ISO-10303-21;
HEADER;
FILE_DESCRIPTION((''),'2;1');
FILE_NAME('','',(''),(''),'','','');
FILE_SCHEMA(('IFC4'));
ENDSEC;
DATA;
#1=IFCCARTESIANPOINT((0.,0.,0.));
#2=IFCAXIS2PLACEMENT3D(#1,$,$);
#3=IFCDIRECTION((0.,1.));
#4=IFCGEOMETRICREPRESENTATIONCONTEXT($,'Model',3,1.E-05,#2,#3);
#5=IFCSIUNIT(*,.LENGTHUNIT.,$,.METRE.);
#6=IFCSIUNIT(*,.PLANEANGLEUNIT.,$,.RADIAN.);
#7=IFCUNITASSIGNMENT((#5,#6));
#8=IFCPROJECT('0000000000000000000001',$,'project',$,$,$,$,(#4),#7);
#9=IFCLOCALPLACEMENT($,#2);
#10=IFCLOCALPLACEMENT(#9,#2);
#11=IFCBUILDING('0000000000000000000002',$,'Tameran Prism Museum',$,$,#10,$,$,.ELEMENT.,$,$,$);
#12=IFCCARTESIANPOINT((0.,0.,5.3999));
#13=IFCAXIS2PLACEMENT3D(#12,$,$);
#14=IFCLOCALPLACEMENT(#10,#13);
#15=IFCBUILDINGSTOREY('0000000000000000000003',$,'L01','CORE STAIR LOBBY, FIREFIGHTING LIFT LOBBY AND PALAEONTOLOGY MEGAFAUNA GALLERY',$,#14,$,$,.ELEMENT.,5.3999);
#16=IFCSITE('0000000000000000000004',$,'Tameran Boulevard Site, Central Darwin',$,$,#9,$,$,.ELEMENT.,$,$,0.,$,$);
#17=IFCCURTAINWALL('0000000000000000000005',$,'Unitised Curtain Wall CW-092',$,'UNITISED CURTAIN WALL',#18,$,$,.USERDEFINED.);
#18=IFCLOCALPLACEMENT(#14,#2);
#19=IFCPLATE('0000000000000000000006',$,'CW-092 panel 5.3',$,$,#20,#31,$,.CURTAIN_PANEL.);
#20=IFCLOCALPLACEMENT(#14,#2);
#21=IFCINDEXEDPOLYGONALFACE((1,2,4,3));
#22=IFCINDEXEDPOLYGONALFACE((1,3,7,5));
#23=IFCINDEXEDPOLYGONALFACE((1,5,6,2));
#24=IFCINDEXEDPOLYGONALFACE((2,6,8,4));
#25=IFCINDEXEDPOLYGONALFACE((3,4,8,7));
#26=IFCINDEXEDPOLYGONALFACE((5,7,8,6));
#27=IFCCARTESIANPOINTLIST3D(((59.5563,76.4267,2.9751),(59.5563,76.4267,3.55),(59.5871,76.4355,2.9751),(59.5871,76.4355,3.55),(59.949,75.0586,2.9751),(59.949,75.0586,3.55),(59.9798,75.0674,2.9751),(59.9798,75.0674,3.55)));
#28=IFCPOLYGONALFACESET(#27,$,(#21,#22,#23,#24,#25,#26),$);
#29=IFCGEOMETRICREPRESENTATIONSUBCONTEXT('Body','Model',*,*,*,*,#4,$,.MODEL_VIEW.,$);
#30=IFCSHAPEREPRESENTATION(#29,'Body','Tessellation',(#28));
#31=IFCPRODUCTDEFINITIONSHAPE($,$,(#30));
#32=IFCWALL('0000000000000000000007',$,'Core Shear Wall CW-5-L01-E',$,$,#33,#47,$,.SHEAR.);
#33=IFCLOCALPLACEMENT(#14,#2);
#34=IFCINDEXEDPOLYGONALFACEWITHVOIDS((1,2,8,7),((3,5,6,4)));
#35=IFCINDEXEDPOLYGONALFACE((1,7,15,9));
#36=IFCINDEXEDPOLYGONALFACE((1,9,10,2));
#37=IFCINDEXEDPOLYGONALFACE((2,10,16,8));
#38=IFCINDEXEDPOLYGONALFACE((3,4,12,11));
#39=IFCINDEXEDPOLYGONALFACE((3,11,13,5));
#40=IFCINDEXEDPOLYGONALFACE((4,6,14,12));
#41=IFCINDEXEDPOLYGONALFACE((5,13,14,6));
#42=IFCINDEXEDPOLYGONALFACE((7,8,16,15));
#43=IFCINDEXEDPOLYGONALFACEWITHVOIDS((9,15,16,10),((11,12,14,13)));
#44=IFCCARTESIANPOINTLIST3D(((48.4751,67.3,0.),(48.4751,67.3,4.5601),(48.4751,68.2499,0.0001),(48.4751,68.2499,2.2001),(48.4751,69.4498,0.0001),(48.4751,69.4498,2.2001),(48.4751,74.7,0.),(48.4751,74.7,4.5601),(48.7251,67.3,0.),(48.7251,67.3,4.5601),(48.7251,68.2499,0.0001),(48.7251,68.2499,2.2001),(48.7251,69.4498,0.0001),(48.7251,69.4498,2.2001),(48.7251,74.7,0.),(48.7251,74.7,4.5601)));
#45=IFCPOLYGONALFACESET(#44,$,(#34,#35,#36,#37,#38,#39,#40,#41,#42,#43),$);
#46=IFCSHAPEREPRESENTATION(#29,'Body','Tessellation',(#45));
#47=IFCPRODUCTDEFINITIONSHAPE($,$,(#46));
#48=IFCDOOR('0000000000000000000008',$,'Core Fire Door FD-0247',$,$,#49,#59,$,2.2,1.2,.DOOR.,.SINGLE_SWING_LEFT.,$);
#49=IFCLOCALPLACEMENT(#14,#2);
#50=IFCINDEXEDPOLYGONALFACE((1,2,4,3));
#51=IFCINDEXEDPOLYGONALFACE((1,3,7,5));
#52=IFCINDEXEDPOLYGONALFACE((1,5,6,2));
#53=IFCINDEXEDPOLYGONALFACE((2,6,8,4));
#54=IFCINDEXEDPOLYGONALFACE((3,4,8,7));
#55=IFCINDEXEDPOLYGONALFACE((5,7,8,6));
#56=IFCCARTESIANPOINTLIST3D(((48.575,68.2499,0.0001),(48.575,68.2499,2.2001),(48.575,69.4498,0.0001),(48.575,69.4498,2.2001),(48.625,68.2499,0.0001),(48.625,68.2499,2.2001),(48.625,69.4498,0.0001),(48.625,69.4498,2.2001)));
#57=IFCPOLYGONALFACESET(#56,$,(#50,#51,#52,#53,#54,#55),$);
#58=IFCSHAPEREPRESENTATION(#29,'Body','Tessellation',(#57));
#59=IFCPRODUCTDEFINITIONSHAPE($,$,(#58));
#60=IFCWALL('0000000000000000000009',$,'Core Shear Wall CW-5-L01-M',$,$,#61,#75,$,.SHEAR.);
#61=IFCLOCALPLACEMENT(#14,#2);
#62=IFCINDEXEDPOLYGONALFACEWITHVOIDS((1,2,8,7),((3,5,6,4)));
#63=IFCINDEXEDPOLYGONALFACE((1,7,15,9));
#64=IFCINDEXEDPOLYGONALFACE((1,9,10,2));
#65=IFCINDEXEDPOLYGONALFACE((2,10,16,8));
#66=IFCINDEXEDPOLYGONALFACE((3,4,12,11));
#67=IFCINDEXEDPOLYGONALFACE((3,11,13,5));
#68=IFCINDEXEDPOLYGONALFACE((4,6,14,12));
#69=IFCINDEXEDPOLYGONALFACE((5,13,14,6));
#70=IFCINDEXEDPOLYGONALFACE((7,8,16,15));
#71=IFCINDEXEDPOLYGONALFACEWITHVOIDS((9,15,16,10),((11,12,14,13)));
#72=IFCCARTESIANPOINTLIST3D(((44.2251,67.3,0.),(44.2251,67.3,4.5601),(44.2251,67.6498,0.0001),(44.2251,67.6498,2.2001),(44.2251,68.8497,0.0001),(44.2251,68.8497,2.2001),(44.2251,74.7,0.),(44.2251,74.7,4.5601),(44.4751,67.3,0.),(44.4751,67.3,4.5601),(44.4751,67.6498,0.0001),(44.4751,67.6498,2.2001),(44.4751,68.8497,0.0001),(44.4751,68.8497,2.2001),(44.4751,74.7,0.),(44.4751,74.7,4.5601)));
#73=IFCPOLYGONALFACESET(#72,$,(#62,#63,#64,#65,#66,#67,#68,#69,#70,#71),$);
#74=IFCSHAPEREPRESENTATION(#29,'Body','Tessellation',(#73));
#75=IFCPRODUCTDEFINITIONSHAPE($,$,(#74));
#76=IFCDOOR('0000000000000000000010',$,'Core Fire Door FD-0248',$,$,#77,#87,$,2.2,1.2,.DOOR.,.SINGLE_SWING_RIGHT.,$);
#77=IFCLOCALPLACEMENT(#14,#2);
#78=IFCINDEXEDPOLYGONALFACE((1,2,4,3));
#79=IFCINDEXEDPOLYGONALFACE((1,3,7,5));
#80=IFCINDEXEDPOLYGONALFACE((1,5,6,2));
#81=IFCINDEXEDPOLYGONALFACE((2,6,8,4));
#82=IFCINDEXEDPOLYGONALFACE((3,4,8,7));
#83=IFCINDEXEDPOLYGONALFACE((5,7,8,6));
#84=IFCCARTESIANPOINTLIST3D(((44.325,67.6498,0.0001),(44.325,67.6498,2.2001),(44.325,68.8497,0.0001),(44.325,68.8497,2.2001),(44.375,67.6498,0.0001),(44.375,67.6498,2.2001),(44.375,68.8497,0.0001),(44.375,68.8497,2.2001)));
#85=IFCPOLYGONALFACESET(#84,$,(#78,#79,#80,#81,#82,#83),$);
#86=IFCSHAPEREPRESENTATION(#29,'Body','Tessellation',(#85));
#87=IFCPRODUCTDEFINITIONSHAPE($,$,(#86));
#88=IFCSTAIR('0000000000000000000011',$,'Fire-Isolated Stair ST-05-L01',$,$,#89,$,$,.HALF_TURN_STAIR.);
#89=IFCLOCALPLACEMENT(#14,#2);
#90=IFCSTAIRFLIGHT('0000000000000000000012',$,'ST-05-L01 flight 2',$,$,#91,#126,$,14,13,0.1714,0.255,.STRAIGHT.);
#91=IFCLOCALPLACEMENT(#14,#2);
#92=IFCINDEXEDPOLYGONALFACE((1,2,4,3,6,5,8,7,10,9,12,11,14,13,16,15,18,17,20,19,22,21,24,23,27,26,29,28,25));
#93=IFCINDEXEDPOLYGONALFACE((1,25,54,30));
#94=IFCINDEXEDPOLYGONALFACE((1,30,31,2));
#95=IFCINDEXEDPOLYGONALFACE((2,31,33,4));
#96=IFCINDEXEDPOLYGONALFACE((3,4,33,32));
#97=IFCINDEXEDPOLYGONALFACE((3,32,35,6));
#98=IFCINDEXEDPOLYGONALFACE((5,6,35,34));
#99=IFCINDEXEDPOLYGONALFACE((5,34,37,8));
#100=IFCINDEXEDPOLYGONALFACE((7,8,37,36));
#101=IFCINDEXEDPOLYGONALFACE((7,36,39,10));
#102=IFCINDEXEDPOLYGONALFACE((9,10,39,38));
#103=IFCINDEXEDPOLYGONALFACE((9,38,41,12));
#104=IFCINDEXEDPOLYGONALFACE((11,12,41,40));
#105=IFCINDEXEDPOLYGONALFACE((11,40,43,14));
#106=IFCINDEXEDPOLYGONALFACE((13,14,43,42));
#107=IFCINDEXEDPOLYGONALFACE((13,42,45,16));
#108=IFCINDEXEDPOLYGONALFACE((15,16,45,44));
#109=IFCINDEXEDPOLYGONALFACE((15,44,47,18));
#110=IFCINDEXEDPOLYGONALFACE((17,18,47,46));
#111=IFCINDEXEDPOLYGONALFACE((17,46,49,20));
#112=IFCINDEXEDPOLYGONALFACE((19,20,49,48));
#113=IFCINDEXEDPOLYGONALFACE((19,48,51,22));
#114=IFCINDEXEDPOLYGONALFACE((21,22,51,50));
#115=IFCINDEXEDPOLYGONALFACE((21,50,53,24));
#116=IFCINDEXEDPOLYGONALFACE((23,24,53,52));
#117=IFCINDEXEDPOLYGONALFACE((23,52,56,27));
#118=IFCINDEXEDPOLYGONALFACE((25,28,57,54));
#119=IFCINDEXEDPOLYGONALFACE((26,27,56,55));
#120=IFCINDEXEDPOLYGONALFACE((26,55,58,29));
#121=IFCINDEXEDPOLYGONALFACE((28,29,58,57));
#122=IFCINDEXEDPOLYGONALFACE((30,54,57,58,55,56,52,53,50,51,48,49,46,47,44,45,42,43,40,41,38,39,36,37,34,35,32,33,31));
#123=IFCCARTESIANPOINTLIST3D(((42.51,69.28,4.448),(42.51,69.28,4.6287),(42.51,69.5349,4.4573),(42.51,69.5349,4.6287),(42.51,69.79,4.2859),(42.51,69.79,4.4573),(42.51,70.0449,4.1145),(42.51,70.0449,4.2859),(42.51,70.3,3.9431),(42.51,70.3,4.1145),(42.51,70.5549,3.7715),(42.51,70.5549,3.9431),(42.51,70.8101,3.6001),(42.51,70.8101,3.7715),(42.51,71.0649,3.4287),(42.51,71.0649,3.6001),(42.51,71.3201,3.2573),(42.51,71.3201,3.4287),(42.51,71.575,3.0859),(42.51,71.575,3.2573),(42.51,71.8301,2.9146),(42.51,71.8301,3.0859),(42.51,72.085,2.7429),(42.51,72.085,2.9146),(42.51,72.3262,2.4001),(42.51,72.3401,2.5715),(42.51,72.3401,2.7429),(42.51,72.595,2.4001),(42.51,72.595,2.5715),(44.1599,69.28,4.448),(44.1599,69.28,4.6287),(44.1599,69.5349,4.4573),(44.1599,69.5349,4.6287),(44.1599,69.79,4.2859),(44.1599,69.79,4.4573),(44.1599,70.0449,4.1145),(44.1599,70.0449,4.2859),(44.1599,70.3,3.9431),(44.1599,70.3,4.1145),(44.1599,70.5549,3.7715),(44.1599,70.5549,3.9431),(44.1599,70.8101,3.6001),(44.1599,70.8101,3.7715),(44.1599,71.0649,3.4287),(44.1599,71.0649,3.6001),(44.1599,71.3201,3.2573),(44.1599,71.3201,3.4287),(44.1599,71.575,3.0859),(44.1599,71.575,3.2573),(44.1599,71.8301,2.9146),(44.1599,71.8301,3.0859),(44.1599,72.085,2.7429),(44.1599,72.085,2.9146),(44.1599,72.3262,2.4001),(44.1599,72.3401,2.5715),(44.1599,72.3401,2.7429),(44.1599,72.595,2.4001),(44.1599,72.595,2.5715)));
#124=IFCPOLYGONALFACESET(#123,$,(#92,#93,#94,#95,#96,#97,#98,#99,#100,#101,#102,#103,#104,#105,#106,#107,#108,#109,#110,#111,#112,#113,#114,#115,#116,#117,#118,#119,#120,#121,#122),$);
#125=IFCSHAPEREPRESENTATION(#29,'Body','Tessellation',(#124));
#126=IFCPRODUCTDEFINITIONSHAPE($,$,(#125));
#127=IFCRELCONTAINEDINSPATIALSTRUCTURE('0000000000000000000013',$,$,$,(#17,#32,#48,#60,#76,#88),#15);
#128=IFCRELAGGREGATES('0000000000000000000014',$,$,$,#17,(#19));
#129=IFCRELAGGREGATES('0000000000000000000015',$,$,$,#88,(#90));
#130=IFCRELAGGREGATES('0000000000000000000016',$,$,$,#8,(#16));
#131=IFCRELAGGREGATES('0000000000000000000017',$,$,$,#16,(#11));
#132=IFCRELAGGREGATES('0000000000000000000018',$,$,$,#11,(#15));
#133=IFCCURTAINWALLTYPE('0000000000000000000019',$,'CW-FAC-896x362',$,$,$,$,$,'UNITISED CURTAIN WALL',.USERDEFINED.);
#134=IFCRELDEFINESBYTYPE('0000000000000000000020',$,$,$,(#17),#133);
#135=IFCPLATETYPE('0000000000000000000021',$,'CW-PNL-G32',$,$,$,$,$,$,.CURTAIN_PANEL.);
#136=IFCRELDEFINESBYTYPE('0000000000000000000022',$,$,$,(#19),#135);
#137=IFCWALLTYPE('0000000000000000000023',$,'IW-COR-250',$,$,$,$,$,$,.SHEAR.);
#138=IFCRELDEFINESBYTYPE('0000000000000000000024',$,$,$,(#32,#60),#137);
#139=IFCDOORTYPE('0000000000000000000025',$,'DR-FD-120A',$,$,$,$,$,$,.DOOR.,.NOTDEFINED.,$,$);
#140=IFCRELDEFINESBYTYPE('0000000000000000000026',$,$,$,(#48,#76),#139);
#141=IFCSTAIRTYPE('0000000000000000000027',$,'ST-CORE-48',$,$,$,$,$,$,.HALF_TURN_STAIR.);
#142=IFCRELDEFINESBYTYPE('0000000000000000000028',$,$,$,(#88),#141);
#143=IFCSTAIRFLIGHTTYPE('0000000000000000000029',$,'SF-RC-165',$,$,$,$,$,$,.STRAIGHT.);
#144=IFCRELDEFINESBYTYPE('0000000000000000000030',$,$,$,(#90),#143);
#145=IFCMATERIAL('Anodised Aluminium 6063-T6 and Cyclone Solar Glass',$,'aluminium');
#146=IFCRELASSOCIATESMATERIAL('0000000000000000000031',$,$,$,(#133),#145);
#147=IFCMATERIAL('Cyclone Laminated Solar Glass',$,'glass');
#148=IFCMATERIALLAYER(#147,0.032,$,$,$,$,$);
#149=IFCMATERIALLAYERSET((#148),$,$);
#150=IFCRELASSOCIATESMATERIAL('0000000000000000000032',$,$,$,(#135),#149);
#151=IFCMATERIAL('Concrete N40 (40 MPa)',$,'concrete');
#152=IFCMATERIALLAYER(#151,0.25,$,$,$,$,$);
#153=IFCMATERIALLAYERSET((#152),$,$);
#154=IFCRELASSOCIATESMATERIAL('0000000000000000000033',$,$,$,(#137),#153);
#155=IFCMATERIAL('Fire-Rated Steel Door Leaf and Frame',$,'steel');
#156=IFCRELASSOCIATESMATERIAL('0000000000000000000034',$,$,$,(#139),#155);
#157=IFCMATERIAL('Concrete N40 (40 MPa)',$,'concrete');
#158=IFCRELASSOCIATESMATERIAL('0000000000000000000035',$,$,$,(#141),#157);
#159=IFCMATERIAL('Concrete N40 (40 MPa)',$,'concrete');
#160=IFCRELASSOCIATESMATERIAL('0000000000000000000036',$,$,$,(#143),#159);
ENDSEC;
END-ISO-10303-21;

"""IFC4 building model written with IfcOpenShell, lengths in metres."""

from ifc_helpers import new_model, si_unit, direction, frame, frame_2d, origin, origin_2d, place, context, subcontext, project, spatial, polyline, rectangle, outline, extrude, material, layer, layer_set, type_object, element, fill, aggregate, save


model = new_model("IFC4")

# Units and contexts
model_context = context("Model", 3, precision=1e-05, world=origin(), true_north=direction((0.0, 1.0)))
body_context = subcontext(model_context, "Body", "Model", "MODEL_VIEW")
ifc_project = project(units=[si_unit("LENGTHUNIT", "METRE"), si_unit("PLANEANGLEUNIT", "RADIAN")], contexts=[model_context])

# Site, building, storey
site_placement = place(None, origin())
site = spatial("IfcSite", under=ifc_project, at=site_placement, Name="Tameran Boulevard Site, Central Darwin", CompositionType="ELEMENT", RefElevation=0.0)
building_placement = place(site_placement, origin())
building = spatial("IfcBuilding", under=site, at=building_placement, Name="Tameran Prism Museum", CompositionType="ELEMENT")
storey_placement = place(building_placement, frame((0.0, 0.0, 5.3999)))
storey = spatial("IfcBuildingStorey", under=building, at=storey_placement, Name="L01", Description="CORE STAIR LOBBY, FIREFIGHTING LIFT LOBBY AND PALAEONTOLOGY MEGAFAUNA GALLERY", CompositionType="ELEMENT", Elevation=5.3999)

# Curtain wall, plate
ifc_material_1 = material(Name="Anodised Aluminium 6063-T6 and Cyclone Solar Glass", Category="aluminium")
curtain_wall_type = type_object("IfcCurtainWallType", Name="CW-FAC-896x362", ElementType="UNITISED CURTAIN WALL", PredefinedType="USERDEFINED", material=ifc_material_1)
curtain_wall_placement = place(storey_placement, origin())
curtain_wall = element("IfcCurtainWall", 1, at=curtain_wall_placement, inside=storey, type_object=curtain_wall_type, Name="Unitised Curtain Wall CW-092", ObjectType="UNITISED CURTAIN WALL", PredefinedType="USERDEFINED")
ifc_material_2 = material(Name="Cyclone Laminated Solar Glass", Category="glass")
ifc_layer_1 = layer(ifc_material_2, 0.032)
ifc_layer_set_1 = layer_set([ifc_layer_1])
plate_type = type_object("IfcPlateType", Name="CW-PNL-G32", PredefinedType="CURTAIN_PANEL", material=ifc_layer_set_1)
plate_1_placement = place(storey_placement, frame((59.7681, 75.7471, 2.9751), z_axis=(0.0, 0.0, 1.0), x_axis=(0.2759, -0.961186, 0.0)))
plate_1 = element("IfcPlate", 2, at=plate_1_placement, type_object=plate_type, Name="CW-092 panel 5.3", PredefinedType="CURTAIN_PANEL", context=body_context, shape_type="SweptSolid", body=[
    extrude(rectangle(XDim=1.4233, YDim=0.032, at=origin_2d()), origin(), (0.0, 0.0, 1.0), 0.575),
])
aggregate(curtain_wall, [plate_1])

# Walls, openings, doors
ifc_material_3 = material(Name="Concrete N40 (40 MPa)", Category="concrete")
ifc_layer_2 = layer(ifc_material_3, 0.25)
ifc_layer_set_2 = layer_set([ifc_layer_2])
wall_type = type_object("IfcWallType", Name="IW-COR-250", PredefinedType="SHEAR", material=ifc_layer_set_2)
wall_1_placement = place(storey_placement, frame((48.6001, 74.7, 0.0), z_axis=(0.0, 0.0, 1.0), x_axis=(0.0, -1.0, 0.0)))
wall_1 = element("IfcWall", 3, at=wall_1_placement, inside=storey, type_object=wall_type, Name="Core Shear Wall CW-5-L01-E", PredefinedType="SHEAR", context=body_context, shape_type="SweptSolid", body=[
    extrude(rectangle(XDim=7.3999, YDim=0.25, at=frame_2d((3.7, 0.0))), origin(), (0.0, 0.0, 1.0), 4.5601),
])
opening_1_placement = place(wall_1_placement, frame((5.25, 0.0, 0.0)))
opening_1 = element("IfcOpeningElement", 4, at=opening_1_placement, cuts=wall_1, PredefinedType="OPENING", context=body_context, shape_type="SweptSolid", body=[
    extrude(rectangle(XDim=1.2, YDim=2.2, at=frame_2d((0.6001, 1.1001))), frame((0.0, 0.135, 0.0), z_axis=(0.0, -1.0, 0.0), x_axis=(1.0, 0.0, 0.0)), (0.0, 0.0, 1.0), 0.27),
])
ifc_material_4 = material(Name="Fire-Rated Steel Door Leaf and Frame", Category="steel")
door_type = type_object("IfcDoorType", Name="DR-FD-120A", OperationType="NOTDEFINED", PredefinedType="DOOR", material=ifc_material_4)
door_1_placement = place(opening_1_placement, origin())
door_1 = element("IfcDoor", 5, at=door_1_placement, inside=storey, type_object=door_type, Name="Core Fire Door FD-0247", OperationType="SINGLE_SWING_LEFT", OverallHeight=2.2, OverallWidth=1.2, PredefinedType="DOOR", context=body_context, shape_type="SweptSolid", body=[
    extrude(rectangle(XDim=1.2, YDim=2.2, at=frame_2d((0.6001, 1.1001))), frame((0.0, 0.0249, 0.0), z_axis=(0.0, -1.0, 0.0), x_axis=(1.0, 0.0, 0.0)), (0.0, 0.0, 1.0), 0.05),
])
fill(opening_1, door_1)
wall_2_placement = place(storey_placement, frame((44.3501, 74.7, 0.0), z_axis=(0.0, 0.0, 1.0), x_axis=(0.0, -1.0, 0.0)))
wall_2 = element("IfcWall", 6, at=wall_2_placement, inside=storey, type_object=wall_type, Name="Core Shear Wall CW-5-L01-M", PredefinedType="SHEAR", context=body_context, shape_type="SweptSolid", body=[
    extrude(rectangle(XDim=7.3999, YDim=0.25, at=frame_2d((3.7, 0.0))), origin(), (0.0, 0.0, 1.0), 4.5601),
])
opening_2_placement = place(wall_2_placement, frame((5.8501, 0.0, 0.0)))
opening_2 = element("IfcOpeningElement", 7, at=opening_2_placement, cuts=wall_2, PredefinedType="OPENING", context=body_context, shape_type="SweptSolid", body=[
    extrude(rectangle(XDim=1.2, YDim=2.2, at=frame_2d((0.6001, 1.1001))), frame((0.0, 0.135, 0.0), z_axis=(0.0, -1.0, 0.0), x_axis=(1.0, 0.0, 0.0)), (0.0, 0.0, 1.0), 0.27),
])
door_2_placement = place(opening_2_placement, origin())
door_2 = element("IfcDoor", 8, at=door_2_placement, inside=storey, type_object=door_type, Name="Core Fire Door FD-0248", OperationType="SINGLE_SWING_RIGHT", OverallHeight=2.2, OverallWidth=1.2, PredefinedType="DOOR", context=body_context, shape_type="SweptSolid", body=[
    extrude(rectangle(XDim=1.2, YDim=2.2, at=frame_2d((0.6001, 1.1001))), frame((0.0, 0.0249, 0.0), z_axis=(0.0, -1.0, 0.0), x_axis=(1.0, 0.0, 0.0)), (0.0, 0.0, 1.0), 0.05),
])
fill(opening_2, door_2)

# Stair, stair flight
ifc_material_5 = material(Name="Concrete N40 (40 MPa)", Category="concrete")
stair_type = type_object("IfcStairType", Name="ST-CORE-48", PredefinedType="HALF_TURN_STAIR", material=ifc_material_5)
stair_placement = place(storey_placement, origin())
stair = element("IfcStair", 9, at=stair_placement, inside=storey, type_object=stair_type, Name="Fire-Isolated Stair ST-05-L01", PredefinedType="HALF_TURN_STAIR")
ifc_material_6 = material(Name="Concrete N40 (40 MPa)", Category="concrete")
stair_flight_type = type_object("IfcStairFlightType", Name="SF-RC-165", PredefinedType="STRAIGHT", material=ifc_material_6)
stair_flight_placement = place(storey_placement, frame((43.335, 72.595, 2.4001), z_axis=(0.0, 0.0, 1.0), x_axis=(0.0, -1.0, 0.0)))
stair_flight = element("IfcStairFlight", 10, at=stair_flight_placement, type_object=stair_flight_type, Name="ST-05-L01 flight 2", NumberOfRisers=14, NumberOfTreads=13, PredefinedType="STRAIGHT", RiserHeight=0.1714, TreadLength=0.255, context=body_context, shape_type="SweptSolid", body=[
    extrude(outline(polyline([(0.0, 0.0), (0.0, 0.1714), (0.2549, 0.1714), (0.2549, 0.3428), (0.51, 0.3428), (0.51, 0.5144), (0.7649, 0.5144), (0.7649, 0.6858), (1.02, 0.6858), (1.02, 0.8572), (1.2749, 0.8572), (1.2749, 1.0286), (1.53, 1.0286), (1.53, 1.2), (1.7849, 1.2), (1.7849, 1.3713), (2.04, 1.3713), (2.04, 1.543), (2.2949, 1.543), (2.2949, 1.7144), (2.55, 1.7144), (2.55, 1.8857), (2.8049, 1.8857), (2.8049, 2.0571), (3.0601, 2.0571), (3.0601, 2.2285), (3.3149, 2.2285), (3.3149, 2.3999), (3.3149, 2.0479), (0.2688, 0.0), (0.0, 0.0)])), frame((0.0, 0.825, 0.0), z_axis=(0.0, -1.0, 0.0), x_axis=(1.0, 0.0, 0.0)), (0.0, 0.0, 1.0), 1.6499),
])
aggregate(stair, [stair_flight])

save(model, "model.ifc")
